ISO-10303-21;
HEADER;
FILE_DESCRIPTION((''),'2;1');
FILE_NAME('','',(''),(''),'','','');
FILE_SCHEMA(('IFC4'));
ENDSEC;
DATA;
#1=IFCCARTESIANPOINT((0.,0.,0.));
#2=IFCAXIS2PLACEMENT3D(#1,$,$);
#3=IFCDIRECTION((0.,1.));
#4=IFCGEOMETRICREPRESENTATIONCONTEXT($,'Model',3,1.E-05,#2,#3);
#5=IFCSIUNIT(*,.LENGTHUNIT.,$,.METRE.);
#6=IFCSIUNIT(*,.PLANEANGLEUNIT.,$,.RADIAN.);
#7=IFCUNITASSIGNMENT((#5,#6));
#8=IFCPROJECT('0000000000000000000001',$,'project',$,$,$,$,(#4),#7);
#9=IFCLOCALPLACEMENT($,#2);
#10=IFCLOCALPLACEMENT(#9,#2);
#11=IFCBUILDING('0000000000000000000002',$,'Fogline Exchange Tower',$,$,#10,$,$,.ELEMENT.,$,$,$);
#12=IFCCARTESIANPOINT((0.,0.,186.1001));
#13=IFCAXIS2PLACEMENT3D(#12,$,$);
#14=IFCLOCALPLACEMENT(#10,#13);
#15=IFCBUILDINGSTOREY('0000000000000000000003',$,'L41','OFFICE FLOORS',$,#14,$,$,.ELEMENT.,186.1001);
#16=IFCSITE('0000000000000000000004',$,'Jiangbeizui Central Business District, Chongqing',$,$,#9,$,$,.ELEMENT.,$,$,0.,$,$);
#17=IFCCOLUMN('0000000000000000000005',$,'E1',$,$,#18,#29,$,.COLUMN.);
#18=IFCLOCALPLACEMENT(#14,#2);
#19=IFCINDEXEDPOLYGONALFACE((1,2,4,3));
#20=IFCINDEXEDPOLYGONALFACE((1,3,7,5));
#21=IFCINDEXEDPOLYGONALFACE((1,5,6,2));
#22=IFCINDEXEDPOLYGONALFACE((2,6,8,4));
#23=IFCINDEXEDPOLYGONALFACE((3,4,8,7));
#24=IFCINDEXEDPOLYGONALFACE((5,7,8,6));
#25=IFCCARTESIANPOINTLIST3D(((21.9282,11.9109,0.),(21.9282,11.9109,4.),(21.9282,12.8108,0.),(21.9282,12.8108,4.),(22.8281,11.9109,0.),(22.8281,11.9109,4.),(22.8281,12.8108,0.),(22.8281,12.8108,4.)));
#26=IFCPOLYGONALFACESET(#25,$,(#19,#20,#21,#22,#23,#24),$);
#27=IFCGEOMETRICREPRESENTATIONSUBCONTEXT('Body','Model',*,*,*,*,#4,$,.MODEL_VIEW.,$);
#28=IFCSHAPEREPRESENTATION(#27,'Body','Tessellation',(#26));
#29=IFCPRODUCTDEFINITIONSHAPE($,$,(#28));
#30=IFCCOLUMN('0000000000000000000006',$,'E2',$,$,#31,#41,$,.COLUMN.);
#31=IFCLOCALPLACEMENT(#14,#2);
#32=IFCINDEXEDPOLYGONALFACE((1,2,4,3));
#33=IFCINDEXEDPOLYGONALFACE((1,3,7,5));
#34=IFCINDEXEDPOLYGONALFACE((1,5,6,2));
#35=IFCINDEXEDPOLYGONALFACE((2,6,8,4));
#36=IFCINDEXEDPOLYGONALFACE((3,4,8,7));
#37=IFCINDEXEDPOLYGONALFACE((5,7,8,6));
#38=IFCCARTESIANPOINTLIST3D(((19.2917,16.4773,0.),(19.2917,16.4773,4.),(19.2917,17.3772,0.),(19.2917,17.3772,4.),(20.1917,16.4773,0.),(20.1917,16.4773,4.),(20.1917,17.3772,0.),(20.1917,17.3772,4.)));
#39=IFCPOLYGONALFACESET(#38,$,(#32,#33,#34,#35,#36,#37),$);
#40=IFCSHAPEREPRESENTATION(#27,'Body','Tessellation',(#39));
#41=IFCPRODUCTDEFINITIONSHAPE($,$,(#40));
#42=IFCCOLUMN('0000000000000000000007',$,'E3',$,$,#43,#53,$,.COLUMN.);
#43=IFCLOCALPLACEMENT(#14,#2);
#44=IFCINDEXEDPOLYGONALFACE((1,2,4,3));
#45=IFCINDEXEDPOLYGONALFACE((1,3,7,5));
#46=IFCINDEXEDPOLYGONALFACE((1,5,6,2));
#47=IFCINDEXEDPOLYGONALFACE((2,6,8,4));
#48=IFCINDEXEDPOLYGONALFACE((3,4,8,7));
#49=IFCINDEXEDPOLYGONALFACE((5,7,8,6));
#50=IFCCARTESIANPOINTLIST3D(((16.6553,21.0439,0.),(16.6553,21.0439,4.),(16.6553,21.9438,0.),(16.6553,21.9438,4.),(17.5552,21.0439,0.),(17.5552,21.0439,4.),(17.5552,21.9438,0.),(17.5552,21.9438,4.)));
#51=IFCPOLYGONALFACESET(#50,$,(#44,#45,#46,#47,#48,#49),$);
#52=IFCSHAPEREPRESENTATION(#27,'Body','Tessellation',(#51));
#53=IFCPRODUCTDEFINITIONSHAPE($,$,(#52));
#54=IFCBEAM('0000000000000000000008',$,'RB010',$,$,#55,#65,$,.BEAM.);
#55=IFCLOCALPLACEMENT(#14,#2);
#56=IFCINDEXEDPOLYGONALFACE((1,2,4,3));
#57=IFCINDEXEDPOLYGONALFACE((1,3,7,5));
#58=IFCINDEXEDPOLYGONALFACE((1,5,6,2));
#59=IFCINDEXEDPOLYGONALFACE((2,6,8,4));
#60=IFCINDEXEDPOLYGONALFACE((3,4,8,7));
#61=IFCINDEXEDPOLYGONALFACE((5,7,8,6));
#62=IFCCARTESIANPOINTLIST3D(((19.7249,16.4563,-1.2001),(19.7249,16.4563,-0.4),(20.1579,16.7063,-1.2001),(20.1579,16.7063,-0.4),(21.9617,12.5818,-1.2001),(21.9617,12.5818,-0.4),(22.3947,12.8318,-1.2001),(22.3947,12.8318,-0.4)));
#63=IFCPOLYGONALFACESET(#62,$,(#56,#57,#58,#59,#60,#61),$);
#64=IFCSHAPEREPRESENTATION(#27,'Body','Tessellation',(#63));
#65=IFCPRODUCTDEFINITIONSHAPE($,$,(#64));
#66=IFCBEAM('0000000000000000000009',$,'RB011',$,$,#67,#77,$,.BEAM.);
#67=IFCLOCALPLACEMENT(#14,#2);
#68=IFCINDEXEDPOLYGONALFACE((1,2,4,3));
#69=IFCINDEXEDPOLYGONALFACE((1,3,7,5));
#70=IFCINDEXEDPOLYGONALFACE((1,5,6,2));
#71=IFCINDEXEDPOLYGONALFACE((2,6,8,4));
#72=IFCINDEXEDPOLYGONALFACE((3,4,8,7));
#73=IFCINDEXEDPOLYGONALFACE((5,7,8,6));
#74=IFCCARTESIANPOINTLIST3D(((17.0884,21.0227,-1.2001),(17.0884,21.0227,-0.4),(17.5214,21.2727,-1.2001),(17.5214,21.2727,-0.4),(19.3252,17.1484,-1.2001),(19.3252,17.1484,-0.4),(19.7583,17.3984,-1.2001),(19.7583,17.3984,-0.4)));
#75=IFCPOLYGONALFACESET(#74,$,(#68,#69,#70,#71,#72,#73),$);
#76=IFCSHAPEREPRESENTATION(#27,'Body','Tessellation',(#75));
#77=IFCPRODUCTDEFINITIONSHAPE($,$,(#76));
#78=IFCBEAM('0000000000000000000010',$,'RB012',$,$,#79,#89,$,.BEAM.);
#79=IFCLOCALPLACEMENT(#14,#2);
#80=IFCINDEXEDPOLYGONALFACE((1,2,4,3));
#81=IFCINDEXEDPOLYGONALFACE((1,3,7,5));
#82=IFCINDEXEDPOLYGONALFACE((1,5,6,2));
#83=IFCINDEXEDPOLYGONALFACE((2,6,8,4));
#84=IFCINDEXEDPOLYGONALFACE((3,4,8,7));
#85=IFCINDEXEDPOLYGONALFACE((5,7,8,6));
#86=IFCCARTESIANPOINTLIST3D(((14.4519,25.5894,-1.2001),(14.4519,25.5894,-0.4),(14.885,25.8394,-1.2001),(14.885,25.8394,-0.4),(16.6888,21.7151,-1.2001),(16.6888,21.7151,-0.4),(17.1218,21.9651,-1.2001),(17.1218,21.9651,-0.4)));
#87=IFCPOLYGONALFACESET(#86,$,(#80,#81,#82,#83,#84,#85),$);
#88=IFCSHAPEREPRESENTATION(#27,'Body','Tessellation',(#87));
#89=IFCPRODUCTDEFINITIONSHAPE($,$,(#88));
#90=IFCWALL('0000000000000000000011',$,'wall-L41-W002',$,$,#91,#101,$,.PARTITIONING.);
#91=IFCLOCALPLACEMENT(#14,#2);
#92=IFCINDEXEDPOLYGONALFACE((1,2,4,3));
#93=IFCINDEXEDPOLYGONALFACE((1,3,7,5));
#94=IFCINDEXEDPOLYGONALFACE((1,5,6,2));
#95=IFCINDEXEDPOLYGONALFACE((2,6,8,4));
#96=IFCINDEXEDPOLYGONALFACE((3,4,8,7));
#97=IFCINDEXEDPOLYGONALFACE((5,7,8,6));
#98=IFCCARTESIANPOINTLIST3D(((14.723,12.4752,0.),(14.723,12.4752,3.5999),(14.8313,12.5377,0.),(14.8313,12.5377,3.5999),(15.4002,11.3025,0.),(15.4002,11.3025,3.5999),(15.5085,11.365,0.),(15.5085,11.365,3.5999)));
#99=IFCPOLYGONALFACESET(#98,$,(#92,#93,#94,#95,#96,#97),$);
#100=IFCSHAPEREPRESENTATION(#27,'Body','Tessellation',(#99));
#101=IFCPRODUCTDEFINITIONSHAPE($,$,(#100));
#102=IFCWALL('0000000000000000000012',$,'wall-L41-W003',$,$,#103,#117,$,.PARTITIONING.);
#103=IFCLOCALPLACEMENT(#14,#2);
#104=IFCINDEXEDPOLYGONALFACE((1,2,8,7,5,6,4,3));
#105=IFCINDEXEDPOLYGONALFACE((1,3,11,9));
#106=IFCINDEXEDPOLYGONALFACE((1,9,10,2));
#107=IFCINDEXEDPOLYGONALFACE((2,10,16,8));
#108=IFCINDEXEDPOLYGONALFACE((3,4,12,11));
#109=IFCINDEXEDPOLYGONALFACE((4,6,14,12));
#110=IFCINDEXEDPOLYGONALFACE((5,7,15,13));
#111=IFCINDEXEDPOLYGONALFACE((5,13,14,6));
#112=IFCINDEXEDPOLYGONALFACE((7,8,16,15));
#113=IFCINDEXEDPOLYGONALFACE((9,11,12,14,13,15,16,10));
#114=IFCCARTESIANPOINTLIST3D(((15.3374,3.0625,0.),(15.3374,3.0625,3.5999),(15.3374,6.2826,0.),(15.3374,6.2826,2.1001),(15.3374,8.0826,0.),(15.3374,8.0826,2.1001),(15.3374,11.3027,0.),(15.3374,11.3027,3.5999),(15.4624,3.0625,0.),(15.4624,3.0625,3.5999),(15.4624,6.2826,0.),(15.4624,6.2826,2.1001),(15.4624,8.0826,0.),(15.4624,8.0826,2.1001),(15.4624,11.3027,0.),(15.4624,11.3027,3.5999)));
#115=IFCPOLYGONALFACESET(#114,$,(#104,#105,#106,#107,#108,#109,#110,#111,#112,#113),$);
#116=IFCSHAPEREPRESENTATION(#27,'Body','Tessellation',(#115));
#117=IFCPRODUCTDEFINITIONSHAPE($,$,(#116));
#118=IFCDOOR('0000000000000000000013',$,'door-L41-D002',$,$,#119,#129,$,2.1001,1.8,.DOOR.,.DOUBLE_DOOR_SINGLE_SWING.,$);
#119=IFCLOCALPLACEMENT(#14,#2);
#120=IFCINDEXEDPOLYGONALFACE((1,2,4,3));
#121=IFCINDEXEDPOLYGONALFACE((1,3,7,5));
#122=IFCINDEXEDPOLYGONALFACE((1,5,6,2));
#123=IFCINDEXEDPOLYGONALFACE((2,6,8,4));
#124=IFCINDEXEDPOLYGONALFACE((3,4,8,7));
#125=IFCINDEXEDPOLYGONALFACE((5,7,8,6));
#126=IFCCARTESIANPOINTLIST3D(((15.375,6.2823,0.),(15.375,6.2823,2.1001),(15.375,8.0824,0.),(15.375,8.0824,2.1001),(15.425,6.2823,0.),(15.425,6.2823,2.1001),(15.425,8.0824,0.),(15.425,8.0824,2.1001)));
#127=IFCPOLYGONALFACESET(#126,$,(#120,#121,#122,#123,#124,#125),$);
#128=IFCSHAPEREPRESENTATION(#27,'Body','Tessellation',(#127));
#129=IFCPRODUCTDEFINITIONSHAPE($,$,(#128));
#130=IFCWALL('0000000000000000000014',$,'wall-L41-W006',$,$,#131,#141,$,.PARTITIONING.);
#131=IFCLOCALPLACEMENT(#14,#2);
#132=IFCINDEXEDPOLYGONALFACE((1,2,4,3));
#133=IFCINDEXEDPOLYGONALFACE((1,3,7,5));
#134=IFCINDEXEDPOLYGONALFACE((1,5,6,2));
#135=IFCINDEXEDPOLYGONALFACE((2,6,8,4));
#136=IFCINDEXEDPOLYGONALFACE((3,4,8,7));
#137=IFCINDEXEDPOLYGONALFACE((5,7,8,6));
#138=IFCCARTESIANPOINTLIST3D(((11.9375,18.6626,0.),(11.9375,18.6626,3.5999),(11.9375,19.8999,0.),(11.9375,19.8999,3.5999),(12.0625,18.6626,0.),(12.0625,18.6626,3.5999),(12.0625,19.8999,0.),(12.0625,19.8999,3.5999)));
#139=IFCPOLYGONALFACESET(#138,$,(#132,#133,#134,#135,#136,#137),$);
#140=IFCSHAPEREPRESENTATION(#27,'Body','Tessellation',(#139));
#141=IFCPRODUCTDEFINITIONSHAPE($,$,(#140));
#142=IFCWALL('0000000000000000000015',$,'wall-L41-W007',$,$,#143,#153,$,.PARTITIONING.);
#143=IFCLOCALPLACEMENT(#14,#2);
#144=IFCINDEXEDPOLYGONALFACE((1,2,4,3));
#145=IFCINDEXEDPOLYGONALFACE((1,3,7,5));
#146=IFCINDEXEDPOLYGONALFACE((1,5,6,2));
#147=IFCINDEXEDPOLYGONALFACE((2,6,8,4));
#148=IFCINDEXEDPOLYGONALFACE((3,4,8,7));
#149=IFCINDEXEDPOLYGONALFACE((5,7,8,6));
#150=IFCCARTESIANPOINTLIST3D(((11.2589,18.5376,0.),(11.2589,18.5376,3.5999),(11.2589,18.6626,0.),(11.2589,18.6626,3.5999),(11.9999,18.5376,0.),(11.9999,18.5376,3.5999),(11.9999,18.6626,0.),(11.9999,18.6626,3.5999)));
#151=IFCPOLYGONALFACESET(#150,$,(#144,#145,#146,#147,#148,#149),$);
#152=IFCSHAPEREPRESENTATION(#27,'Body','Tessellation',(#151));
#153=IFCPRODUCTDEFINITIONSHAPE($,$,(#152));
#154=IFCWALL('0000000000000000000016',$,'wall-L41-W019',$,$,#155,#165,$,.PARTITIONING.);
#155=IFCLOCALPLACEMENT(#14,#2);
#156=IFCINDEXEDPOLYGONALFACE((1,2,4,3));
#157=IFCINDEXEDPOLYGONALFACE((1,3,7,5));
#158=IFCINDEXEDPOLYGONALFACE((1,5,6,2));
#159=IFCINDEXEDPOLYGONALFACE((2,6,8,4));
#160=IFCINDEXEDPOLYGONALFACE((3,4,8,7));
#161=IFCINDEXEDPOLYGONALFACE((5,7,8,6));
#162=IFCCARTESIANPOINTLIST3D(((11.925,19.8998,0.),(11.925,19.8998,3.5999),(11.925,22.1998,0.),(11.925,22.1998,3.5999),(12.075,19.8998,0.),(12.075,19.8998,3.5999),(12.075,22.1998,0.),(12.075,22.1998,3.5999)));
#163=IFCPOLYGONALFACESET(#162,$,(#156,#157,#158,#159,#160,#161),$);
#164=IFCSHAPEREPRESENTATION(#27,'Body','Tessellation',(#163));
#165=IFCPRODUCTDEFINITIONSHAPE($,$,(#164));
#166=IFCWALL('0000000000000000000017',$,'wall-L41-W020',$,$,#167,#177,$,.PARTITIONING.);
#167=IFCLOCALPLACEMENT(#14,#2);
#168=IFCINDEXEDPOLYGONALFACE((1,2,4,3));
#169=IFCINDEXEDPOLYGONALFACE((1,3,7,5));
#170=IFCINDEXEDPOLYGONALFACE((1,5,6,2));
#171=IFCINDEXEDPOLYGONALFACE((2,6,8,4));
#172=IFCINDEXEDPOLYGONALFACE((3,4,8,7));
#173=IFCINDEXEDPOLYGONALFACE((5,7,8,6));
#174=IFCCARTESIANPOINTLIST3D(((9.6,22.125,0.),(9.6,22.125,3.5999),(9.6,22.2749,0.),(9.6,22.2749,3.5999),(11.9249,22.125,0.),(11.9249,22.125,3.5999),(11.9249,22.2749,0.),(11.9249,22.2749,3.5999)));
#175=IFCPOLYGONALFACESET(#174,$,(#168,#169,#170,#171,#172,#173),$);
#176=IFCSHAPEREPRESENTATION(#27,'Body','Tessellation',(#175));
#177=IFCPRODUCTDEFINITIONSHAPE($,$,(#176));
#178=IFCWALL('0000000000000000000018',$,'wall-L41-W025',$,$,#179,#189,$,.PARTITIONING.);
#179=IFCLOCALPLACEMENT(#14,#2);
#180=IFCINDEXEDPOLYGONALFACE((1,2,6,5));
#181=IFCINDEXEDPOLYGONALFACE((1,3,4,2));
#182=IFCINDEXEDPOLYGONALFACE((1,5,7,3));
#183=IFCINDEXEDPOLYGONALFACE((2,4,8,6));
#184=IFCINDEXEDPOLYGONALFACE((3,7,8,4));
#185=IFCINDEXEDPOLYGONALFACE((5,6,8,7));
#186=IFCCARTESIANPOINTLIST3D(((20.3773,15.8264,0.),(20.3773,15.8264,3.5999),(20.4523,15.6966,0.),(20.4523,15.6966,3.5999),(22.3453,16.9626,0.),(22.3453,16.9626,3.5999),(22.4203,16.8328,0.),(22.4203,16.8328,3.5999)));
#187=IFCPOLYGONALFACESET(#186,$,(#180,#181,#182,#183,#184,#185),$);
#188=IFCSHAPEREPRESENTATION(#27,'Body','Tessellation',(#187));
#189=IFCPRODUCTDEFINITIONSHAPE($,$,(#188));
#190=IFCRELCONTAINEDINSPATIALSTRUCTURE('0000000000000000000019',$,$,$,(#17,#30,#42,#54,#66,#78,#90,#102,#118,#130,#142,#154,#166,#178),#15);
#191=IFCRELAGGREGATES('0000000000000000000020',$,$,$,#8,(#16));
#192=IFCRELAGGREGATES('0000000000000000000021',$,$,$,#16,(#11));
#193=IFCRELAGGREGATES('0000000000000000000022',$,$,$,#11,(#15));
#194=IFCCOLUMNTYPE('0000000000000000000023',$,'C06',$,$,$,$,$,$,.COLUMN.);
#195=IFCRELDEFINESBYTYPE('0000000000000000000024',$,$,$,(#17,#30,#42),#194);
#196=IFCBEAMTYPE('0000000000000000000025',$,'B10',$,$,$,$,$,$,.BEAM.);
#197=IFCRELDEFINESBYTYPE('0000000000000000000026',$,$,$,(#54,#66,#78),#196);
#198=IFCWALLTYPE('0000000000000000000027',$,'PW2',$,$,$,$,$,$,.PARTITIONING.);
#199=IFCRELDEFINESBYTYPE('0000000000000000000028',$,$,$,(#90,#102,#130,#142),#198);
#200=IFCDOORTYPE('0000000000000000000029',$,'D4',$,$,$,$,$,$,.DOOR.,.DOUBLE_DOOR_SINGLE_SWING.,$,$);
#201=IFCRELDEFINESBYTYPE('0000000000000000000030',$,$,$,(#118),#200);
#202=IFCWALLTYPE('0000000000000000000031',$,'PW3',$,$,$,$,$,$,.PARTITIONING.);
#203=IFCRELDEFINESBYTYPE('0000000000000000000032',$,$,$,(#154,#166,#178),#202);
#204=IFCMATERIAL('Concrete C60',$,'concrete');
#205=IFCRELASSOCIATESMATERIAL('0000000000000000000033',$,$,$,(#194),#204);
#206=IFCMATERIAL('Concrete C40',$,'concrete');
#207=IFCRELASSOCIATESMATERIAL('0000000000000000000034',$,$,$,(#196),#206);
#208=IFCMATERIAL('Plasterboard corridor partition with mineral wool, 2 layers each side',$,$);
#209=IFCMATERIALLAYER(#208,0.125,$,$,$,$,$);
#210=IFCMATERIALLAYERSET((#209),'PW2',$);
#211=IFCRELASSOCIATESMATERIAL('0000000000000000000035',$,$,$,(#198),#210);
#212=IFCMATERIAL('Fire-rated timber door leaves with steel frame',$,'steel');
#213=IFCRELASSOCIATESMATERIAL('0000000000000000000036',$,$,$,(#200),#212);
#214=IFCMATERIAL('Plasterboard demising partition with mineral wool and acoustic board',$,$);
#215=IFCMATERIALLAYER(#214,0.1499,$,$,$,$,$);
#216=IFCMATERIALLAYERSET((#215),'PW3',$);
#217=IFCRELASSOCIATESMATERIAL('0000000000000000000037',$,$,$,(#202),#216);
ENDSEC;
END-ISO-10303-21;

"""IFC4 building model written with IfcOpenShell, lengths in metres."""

from ifc_helpers import new_model, si_unit, direction, frame, frame_2d, origin, origin_2d, place, context, subcontext, project, spatial, rectangle, extrude, material, layer, layer_set, material_profile, profile_set, type_object, element, fill, save


model = new_model("IFC4")

# Units and contexts
model_context = context("Model", 3, precision=1e-05, world=origin(), true_north=direction((0.0, 1.0)))
body_context = subcontext(model_context, "Body", "Model", "MODEL_VIEW")
ifc_project = project(units=[si_unit("LENGTHUNIT", "METRE"), si_unit("PLANEANGLEUNIT", "RADIAN")], contexts=[model_context])

# Site, building, storey
site_placement = place(None, origin())
site = spatial("IfcSite", under=ifc_project, at=site_placement, Name="Jiangbeizui Central Business District, Chongqing", CompositionType="ELEMENT", RefElevation=0.0)
building_placement = place(site_placement, origin())
building = spatial("IfcBuilding", under=site, at=building_placement, Name="Fogline Exchange Tower", CompositionType="ELEMENT")
storey_placement = place(building_placement, frame((0.0, 0.0, 186.1001)))
storey = spatial("IfcBuildingStorey", under=building, at=storey_placement, Name="L41", Description="OFFICE FLOORS", CompositionType="ELEMENT", Elevation=186.1001)

# Columns
ifc_material_1 = material(Name="Concrete C60", Category="concrete")
ifc_material_profile_1 = material_profile(ifc_material_1, rectangle(XDim=0.8999, YDim=0.8999, at=origin_2d()), Name="RC 900x900")
ifc_profile_set_1 = profile_set([ifc_material_profile_1], Name="Concrete C60")
column_type = type_object("IfcColumnType", Name="C06", PredefinedType="COLUMN", material=ifc_profile_set_1)
for number, where, z_axis, x_axis, name in (
    (1, (22.3782, 12.3608, 0.0), (0.0, 0.0, 1.0), (1.0, 0.0, 0.0), "E1"),
    (2, (19.7417, 16.9272, 0.0), (0.0, 0.0, 1.0), (1.0, 0.0, 0.0), "E2"),
    (3, (17.1052, 21.4939, 0.0), (0.0, 0.0, 1.0), (1.0, 0.0, 0.0), "E3"),
):
    element("IfcColumn", number, at=place(storey_placement, frame(where, z_axis=z_axis, x_axis=x_axis)), inside=storey, type_object=column_type, Name=name, PredefinedType="COLUMN", context=body_context, shape_type="SweptSolid", body=[
        extrude(rectangle(XDim=0.8999, YDim=0.8999, at=origin_2d()), origin(), (0.0, 0.0, 1.0), 4.0),
    ])

# Beams
ifc_material_2 = material(Name="Concrete C40", Category="concrete")
ifc_material_profile_2 = material_profile(ifc_material_2, rectangle(XDim=0.5, YDim=0.8, at=origin_2d()), Name="RC 500x800")
ifc_profile_set_2 = profile_set([ifc_material_profile_2], Name="Concrete C40")
beam_type = type_object("IfcBeamType", Name="B10", PredefinedType="BEAM", material=ifc_profile_set_2)
beam_placement = place(storey_placement, frame((22.1782, 12.7068, -0.8), z_axis=(-0.499978, 0.866038, 0.0), x_axis=(-0.866038, -0.499978, 0.0)))
element("IfcBeam", 4, at=beam_placement, inside=storey, type_object=beam_type, Name="RB010", PredefinedType="BEAM", context=body_context, shape_type="SweptSolid", body=[
    extrude(rectangle(XDim=0.5, YDim=0.8, at=origin_2d()), origin(), (0.0, 0.0, 1.0), 4.4739),
])
for number, where, z_axis, x_axis, name in (
    (5, (19.5417, 17.2734, -0.8), (-0.500001, 0.866025, 0.0), (-0.866025, -0.500001, 0.0), "RB011"),
    (6, (16.9053, 21.8401, -0.8), (-0.500001, 0.866025, 0.0), (-0.866025, -0.500001, 0.0), "RB012"),
):
    element("IfcBeam", number, at=place(storey_placement, frame(where, z_axis=z_axis, x_axis=x_axis)), inside=storey, type_object=beam_type, Name=name, PredefinedType="BEAM", context=body_context, shape_type="SweptSolid", body=[
        extrude(rectangle(XDim=0.5, YDim=0.8, at=origin_2d()), origin(), (0.0, 0.0, 1.0), 4.4736),
    ])

# Wall
ifc_material_3 = material(Name="Plasterboard corridor partition with mineral wool, 2 layers each side")
ifc_layer_1 = layer(ifc_material_3, 0.125)
ifc_layer_set_1 = layer_set([ifc_layer_1], Name="PW2")
wall_type_1 = type_object("IfcWallType", Name="PW2", PredefinedType="PARTITIONING", material=ifc_layer_set_1)
wall_1_placement = place(storey_placement, frame((14.7771, 12.5066, 0.0), z_axis=(0.0, 0.0, 1.0), x_axis=(0.500055, -0.865993, 0.0)))
element("IfcWall", 7, at=wall_1_placement, inside=storey, type_object=wall_type_1, Name="wall-L41-W002", PredefinedType="PARTITIONING", context=body_context, shape_type="SweptSolid", body=[
    extrude(rectangle(XDim=1.3542, YDim=0.125, at=frame_2d((0.6772, 0.0))), origin(), (0.0, 0.0, 1.0), 3.5999),
])

# Wall, opening, door
wall_2_placement = place(storey_placement, frame((15.3999, 11.3027, 0.0), z_axis=(0.0, 0.0, 1.0), x_axis=(0.0, -1.0, 0.0)))
wall_2 = element("IfcWall", 8, at=wall_2_placement, inside=storey, type_object=wall_type_1, Name="wall-L41-W003", PredefinedType="PARTITIONING", context=body_context, shape_type="SweptSolid", body=[
    extrude(rectangle(XDim=8.2402, YDim=0.125, at=frame_2d((4.1201, 0.0))), origin(), (0.0, 0.0, 1.0), 3.5999),
])
opening_placement = place(wall_2_placement, frame((3.2202, 0.0, 0.0)))
opening = element("IfcOpeningElement", 9, at=opening_placement, cuts=wall_2, PredefinedType="OPENING", context=body_context, shape_type="SweptSolid", body=[
    extrude(rectangle(XDim=1.8, YDim=2.1001, at=frame_2d((0.8999, 1.05))), frame((0.0, 0.0725, 0.0), z_axis=(0.0, -1.0, 0.0), x_axis=(1.0, 0.0, 0.0)), (0.0, 0.0, 1.0), 0.145),
])
ifc_material_4 = material(Name="Fire-rated timber door leaves with steel frame", Category="steel")
door_type = type_object("IfcDoorType", Name="D4", OperationType="DOUBLE_DOOR_SINGLE_SWING", PredefinedType="DOOR", material=ifc_material_4)
door_placement = place(opening_placement, frame((1.8, 0.0, 0.0), z_axis=(0.0, 0.0, 1.0), x_axis=(-1.0, 0.0, 0.0)))
door = element("IfcDoor", 10, at=door_placement, inside=storey, type_object=door_type, Name="door-L41-D002", OperationType="DOUBLE_DOOR_SINGLE_SWING", OverallHeight=2.1001, OverallWidth=1.8, PredefinedType="DOOR", context=body_context, shape_type="SweptSolid", body=[
    extrude(rectangle(XDim=1.8, YDim=2.1001, at=frame_2d((0.8999, 1.05))), frame((0.0, 0.0249, 0.0), z_axis=(0.0, -1.0, 0.0), x_axis=(1.0, 0.0, 0.0)), (0.0, 0.0, 1.0), 0.05),
])
fill(opening, door)

# Walls
wall_3_placement = place(storey_placement, frame((12.0, 19.8999, 0.0), z_axis=(0.0, 0.0, 1.0), x_axis=(0.0, -1.0, 0.0)))
element("IfcWall", 11, at=wall_3_placement, inside=storey, type_object=wall_type_1, Name="wall-L41-W006", PredefinedType="PARTITIONING", context=body_context, shape_type="SweptSolid", body=[
    extrude(rectangle(XDim=1.2373, YDim=0.125, at=frame_2d((0.6187, 0.0))), origin(), (0.0, 0.0, 1.0), 3.5999),
])
wall_4_placement = place(storey_placement, frame((12.0, 18.6001, 0.0), z_axis=(0.0, 0.0, 1.0), x_axis=(-1.0, 0.0, 0.0)))
element("IfcWall", 12, at=wall_4_placement, inside=storey, type_object=wall_type_1, Name="wall-L41-W007", PredefinedType="PARTITIONING", context=body_context, shape_type="SweptSolid", body=[
    extrude(rectangle(XDim=0.741, YDim=0.125, at=frame_2d((0.3706, 0.0))), origin(), (0.0, 0.0, 1.0), 3.5999),
])
ifc_material_5 = material(Name="Plasterboard demising partition with mineral wool and acoustic board")
ifc_layer_2 = layer(ifc_material_5, 0.1499)
ifc_layer_set_2 = layer_set([ifc_layer_2], Name="PW3")
wall_type_2 = type_object("IfcWallType", Name="PW3", PredefinedType="PARTITIONING", material=ifc_layer_set_2)
wall_5_placement = place(storey_placement, frame((12.0, 19.8999, 0.0), z_axis=(0.0, 0.0, 1.0), x_axis=(0.0, 1.0, 0.0)))
element("IfcWall", 13, at=wall_5_placement, inside=storey, type_object=wall_type_2, Name="wall-L41-W019", PredefinedType="PARTITIONING", context=body_context, shape_type="SweptSolid", body=[
    extrude(rectangle(XDim=2.3, YDim=0.1499, at=frame_2d((1.1499, 0.0))), origin(), (0.0, 0.0, 1.0), 3.5999),
])
wall_6_placement = place(storey_placement, frame((11.925, 22.2, 0.0), z_axis=(0.0, 0.0, 1.0), x_axis=(-1.0, 0.0, 0.0)))
element("IfcWall", 14, at=wall_6_placement, inside=storey, type_object=wall_type_2, Name="wall-L41-W020", PredefinedType="PARTITIONING", context=body_context, shape_type="SweptSolid", body=[
    extrude(rectangle(XDim=2.325, YDim=0.1499, at=frame_2d((1.1626, 0.0))), origin(), (0.0, 0.0, 1.0), 3.5999),
])
wall_7_placement = place(storey_placement, frame((22.3828, 16.8977, 0.0), z_axis=(0.0, 0.0, 1.0), x_axis=(-0.866026, -0.499998, 0.0)))
element("IfcWall", 15, at=wall_7_placement, inside=storey, type_object=wall_type_2, Name="wall-L41-W025", PredefinedType="PARTITIONING", context=body_context, shape_type="SweptSolid", body=[
    extrude(rectangle(XDim=2.2725, YDim=0.1499, at=frame_2d((1.1362, 0.0))), origin(), (0.0, 0.0, 1.0), 3.5999),
])

save(model, "model.ifc")
